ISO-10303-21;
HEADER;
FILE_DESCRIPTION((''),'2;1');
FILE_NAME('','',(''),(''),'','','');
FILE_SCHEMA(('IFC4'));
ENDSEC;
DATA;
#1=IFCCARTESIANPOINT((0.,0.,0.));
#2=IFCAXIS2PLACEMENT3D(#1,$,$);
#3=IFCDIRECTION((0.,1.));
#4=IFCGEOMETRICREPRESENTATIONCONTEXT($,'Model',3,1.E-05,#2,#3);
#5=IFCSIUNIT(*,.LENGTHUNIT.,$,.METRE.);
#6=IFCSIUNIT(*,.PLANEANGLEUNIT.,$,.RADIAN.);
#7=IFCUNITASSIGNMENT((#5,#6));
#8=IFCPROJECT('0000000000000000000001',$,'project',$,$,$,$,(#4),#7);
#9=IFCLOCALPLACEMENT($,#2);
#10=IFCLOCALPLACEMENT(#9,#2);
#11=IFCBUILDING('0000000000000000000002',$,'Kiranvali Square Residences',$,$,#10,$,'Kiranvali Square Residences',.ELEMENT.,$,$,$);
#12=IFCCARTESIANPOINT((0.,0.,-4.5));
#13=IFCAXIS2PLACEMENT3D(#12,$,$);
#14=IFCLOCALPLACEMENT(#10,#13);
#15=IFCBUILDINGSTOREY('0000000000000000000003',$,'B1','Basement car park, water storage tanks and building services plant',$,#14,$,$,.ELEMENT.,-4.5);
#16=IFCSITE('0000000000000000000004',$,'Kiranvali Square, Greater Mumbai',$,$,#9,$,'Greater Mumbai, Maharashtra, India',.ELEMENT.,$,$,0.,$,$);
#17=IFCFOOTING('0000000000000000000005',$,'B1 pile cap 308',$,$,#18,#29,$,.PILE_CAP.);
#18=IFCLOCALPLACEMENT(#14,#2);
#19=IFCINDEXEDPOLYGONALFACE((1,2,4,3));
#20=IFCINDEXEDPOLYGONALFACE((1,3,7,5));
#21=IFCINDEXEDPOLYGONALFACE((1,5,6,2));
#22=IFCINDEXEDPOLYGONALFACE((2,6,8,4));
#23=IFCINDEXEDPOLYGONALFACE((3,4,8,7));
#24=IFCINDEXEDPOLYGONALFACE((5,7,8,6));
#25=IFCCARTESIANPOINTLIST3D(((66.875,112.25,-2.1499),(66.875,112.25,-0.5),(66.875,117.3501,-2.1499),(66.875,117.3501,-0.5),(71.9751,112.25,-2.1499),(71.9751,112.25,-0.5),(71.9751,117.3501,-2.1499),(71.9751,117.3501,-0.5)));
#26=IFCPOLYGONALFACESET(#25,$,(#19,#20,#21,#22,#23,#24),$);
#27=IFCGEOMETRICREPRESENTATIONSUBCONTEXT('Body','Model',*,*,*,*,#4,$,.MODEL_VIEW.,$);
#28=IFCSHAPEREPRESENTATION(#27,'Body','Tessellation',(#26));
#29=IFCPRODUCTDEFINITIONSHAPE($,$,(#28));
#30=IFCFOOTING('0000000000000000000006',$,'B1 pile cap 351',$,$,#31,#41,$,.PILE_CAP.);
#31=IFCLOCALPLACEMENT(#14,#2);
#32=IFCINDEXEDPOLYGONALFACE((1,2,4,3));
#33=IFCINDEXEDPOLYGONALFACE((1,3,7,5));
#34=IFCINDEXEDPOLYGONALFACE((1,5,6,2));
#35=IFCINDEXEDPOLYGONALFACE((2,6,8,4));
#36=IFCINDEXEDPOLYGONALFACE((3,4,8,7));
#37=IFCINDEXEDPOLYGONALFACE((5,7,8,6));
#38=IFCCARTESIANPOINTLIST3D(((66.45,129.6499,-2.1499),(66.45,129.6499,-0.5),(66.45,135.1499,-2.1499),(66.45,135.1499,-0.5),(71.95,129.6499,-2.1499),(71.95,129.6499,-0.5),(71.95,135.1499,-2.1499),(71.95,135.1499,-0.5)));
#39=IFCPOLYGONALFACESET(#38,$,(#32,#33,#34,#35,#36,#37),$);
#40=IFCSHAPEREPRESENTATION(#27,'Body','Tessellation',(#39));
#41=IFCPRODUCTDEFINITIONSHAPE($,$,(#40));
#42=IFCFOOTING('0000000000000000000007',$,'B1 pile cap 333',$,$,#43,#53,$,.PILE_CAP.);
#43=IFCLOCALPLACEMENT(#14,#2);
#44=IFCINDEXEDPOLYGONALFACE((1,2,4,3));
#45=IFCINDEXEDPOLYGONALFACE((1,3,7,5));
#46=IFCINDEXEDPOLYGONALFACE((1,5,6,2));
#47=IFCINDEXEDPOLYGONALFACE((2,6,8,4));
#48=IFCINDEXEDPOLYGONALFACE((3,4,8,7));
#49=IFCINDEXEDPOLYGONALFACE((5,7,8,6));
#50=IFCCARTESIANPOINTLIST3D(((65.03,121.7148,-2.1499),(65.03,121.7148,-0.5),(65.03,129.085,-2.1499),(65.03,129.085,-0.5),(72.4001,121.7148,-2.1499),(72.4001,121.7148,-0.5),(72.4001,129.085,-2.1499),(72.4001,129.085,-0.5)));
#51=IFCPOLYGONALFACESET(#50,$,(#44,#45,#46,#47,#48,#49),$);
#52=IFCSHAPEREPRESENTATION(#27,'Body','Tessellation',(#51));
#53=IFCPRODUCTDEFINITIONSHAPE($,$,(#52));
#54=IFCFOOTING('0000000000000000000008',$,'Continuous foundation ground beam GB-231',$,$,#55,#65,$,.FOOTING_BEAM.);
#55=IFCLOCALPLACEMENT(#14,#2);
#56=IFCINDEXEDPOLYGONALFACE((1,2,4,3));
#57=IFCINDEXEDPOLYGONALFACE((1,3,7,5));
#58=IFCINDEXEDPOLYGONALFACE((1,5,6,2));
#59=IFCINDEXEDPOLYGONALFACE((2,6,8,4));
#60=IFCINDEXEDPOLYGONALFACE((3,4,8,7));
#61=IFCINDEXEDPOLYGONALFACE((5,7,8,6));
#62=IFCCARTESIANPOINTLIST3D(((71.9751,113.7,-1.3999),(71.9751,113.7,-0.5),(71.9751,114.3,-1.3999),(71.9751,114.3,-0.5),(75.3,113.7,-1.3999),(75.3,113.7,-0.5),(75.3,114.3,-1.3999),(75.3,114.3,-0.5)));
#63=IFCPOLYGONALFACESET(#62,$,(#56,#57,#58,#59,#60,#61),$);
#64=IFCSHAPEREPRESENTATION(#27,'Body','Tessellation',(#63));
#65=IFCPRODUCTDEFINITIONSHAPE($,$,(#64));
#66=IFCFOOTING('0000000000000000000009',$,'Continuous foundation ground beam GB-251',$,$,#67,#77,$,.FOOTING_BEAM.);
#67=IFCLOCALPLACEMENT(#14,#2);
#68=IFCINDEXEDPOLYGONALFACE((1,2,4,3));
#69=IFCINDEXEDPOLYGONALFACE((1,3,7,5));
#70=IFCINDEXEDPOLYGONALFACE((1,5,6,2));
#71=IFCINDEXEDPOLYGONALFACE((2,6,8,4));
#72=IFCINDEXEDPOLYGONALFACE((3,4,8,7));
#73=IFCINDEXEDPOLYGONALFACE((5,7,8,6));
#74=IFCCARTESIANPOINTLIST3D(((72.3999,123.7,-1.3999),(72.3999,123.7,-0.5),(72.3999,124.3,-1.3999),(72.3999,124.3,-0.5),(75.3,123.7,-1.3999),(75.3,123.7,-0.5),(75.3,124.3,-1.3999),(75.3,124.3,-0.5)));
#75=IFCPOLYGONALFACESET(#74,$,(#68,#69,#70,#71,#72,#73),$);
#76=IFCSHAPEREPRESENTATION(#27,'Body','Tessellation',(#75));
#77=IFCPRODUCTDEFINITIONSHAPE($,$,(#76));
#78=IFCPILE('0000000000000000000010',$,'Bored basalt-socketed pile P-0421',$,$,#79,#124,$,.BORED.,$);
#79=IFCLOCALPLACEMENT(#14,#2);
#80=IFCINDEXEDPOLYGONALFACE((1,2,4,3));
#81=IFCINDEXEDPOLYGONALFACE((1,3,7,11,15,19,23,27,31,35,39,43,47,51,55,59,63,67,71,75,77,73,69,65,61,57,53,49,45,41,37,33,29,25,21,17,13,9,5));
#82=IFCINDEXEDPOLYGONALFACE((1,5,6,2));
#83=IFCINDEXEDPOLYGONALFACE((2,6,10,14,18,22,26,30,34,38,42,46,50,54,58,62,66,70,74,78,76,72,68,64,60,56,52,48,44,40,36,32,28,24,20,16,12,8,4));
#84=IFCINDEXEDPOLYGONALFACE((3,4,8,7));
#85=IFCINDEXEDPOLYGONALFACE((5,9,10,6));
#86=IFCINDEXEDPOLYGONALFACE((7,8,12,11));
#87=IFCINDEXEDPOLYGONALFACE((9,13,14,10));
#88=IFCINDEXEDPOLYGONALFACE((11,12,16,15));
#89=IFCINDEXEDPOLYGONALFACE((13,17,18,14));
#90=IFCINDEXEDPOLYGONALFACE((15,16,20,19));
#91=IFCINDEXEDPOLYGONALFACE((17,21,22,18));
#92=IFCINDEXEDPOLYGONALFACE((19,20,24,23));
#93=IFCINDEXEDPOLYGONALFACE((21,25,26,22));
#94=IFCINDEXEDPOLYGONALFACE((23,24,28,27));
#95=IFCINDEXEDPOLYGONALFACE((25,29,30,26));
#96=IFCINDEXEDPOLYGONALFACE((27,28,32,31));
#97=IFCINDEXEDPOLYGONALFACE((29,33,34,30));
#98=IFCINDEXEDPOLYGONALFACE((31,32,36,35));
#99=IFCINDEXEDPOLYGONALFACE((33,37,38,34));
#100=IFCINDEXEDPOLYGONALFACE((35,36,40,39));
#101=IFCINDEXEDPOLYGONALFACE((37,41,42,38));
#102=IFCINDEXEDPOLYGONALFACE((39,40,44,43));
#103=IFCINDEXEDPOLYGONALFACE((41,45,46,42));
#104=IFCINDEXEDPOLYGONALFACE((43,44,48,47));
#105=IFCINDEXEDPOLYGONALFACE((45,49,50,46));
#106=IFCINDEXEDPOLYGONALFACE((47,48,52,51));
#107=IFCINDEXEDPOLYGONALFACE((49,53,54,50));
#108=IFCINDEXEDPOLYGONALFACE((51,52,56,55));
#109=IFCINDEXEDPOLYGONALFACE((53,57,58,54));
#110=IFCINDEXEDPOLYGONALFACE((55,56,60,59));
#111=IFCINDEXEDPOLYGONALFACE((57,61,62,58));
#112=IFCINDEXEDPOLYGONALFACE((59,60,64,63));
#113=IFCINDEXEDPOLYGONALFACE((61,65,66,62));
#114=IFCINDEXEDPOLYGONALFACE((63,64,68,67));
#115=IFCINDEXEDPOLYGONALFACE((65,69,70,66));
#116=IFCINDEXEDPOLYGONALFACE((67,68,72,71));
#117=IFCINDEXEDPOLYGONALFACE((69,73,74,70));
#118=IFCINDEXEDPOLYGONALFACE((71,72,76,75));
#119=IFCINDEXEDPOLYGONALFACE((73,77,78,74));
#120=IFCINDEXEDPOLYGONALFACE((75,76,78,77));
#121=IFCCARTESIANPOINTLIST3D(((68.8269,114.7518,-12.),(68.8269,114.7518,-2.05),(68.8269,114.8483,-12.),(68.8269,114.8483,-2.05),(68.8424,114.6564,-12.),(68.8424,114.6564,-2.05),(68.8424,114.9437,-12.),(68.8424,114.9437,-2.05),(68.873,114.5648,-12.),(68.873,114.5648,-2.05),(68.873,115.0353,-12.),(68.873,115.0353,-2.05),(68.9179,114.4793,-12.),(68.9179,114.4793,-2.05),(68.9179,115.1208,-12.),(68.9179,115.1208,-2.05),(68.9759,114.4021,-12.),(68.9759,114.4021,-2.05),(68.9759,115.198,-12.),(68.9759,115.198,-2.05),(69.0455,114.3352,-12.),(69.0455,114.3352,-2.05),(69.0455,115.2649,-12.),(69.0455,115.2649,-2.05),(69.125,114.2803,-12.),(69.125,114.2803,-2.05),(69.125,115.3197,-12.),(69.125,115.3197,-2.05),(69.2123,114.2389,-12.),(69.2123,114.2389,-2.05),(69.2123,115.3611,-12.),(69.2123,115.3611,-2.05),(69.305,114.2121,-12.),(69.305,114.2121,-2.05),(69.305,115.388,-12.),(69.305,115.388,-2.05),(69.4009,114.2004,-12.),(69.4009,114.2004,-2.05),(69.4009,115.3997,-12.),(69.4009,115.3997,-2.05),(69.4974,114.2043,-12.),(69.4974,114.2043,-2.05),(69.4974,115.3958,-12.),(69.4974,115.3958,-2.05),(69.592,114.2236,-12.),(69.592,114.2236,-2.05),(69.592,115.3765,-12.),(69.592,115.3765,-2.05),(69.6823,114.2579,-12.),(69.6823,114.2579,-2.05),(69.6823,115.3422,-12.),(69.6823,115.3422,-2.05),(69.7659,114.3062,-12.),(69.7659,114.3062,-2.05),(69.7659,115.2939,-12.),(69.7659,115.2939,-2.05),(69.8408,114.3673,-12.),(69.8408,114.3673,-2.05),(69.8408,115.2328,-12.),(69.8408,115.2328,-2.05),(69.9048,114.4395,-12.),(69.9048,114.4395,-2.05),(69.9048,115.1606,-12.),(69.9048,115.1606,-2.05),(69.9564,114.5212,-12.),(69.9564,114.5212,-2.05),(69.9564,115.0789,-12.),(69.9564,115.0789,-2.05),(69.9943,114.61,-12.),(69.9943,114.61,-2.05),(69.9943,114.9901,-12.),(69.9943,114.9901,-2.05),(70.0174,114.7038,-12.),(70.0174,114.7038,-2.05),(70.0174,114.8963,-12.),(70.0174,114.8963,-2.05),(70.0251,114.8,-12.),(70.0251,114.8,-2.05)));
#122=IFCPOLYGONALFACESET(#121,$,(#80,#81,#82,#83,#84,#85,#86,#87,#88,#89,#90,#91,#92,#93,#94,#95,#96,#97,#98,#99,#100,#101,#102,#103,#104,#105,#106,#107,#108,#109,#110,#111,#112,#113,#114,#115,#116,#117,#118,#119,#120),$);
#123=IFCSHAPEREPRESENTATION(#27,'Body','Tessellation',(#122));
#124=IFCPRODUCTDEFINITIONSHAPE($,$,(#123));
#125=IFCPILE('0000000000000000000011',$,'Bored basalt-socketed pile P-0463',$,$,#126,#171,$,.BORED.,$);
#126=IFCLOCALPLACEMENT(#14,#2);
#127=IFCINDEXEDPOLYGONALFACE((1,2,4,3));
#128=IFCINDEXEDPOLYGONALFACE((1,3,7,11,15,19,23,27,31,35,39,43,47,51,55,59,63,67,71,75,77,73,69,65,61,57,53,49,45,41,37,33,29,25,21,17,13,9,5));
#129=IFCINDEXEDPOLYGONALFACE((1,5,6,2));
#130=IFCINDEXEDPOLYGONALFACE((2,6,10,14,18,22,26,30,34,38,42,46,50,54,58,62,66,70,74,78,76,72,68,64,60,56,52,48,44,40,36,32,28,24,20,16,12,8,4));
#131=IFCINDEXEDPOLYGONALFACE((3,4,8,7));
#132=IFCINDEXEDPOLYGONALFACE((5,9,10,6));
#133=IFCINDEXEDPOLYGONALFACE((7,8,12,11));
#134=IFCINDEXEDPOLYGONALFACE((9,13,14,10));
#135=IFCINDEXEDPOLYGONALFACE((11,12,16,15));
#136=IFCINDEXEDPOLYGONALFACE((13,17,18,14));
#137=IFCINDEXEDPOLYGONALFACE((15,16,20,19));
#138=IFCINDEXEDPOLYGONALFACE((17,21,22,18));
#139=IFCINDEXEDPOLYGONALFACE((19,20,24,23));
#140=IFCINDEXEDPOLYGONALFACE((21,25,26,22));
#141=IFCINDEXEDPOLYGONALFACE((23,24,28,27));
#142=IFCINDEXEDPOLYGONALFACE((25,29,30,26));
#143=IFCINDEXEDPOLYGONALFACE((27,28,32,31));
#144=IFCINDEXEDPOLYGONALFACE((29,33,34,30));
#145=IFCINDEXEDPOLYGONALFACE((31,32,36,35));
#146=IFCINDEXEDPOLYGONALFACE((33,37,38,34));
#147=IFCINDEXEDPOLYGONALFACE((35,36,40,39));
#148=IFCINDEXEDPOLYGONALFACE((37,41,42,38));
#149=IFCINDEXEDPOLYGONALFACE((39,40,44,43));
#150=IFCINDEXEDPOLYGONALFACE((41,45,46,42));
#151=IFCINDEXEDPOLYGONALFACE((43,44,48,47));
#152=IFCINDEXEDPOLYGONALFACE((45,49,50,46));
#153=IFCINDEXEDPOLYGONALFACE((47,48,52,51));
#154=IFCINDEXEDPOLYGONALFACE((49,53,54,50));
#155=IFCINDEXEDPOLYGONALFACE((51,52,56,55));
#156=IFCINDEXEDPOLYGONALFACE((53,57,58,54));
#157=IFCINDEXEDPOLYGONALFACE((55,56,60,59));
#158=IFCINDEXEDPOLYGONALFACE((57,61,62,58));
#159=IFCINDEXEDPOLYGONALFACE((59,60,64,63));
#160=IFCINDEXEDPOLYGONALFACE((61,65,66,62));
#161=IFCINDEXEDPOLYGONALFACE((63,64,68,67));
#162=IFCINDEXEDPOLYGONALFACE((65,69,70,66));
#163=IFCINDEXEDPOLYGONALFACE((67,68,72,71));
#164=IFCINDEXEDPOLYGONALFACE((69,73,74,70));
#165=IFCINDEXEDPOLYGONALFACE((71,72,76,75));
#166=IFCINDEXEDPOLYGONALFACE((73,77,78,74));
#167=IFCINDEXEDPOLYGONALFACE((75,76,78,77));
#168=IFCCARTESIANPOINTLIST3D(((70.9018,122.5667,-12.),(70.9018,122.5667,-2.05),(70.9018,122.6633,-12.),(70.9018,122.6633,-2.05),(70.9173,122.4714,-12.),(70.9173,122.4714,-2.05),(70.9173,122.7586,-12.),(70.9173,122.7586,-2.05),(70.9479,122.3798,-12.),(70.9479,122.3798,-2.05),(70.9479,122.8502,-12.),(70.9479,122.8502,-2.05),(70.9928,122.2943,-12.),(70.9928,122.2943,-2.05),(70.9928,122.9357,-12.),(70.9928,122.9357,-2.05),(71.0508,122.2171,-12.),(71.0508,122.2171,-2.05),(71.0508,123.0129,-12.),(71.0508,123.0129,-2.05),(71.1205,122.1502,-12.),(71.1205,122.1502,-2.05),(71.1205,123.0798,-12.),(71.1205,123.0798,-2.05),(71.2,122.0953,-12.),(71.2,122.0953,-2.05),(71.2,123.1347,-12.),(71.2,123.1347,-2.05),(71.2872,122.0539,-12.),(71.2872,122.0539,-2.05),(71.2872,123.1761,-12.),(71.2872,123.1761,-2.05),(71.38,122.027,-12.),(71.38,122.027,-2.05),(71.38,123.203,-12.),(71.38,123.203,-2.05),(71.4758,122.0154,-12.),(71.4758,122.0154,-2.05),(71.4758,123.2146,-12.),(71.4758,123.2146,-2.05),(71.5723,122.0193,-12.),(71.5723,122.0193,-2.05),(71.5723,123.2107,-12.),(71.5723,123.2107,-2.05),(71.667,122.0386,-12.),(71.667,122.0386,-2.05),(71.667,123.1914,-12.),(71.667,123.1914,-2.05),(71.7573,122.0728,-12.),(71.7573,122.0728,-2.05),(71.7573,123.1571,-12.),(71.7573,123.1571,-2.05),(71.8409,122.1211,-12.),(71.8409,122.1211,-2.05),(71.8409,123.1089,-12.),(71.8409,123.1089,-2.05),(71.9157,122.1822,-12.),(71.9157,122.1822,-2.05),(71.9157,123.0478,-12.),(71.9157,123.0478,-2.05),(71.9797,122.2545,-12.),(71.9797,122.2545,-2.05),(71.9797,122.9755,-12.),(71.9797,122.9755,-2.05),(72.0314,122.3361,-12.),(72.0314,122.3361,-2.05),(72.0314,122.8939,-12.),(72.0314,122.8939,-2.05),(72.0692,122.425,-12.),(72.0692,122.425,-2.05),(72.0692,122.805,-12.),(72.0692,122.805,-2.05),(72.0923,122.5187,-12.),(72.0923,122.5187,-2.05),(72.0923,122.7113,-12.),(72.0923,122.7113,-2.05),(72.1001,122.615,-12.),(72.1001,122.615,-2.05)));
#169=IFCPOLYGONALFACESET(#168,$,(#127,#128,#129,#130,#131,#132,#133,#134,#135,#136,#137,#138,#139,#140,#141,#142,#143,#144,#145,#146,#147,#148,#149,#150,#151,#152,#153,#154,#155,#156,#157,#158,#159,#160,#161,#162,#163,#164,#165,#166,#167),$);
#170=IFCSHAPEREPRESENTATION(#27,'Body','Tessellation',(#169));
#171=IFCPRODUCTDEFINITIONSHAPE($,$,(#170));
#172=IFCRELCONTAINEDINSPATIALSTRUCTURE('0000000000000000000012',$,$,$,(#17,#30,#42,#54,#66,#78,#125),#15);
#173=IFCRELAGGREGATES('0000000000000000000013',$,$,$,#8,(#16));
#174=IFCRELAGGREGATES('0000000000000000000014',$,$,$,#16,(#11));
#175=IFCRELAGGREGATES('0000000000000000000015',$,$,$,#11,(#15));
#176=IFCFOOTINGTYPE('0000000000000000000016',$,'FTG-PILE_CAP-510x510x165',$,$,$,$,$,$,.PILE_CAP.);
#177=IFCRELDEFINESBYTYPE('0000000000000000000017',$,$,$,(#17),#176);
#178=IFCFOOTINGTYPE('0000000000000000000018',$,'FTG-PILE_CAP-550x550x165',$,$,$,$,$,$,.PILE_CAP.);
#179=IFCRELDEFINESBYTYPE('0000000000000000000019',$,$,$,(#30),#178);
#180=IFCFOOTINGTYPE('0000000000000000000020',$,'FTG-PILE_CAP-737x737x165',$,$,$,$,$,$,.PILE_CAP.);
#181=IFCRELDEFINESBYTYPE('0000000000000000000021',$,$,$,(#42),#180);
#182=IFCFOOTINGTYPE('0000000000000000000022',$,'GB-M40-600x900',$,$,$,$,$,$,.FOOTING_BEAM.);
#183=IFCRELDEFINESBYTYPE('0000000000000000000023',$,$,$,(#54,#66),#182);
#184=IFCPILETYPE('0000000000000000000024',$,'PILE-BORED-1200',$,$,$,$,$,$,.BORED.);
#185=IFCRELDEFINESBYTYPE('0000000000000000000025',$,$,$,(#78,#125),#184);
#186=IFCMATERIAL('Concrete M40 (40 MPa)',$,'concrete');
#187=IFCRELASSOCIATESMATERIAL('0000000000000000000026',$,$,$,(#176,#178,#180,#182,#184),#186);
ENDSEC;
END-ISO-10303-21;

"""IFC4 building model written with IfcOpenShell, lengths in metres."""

from ifc_helpers import new_model, si_unit, direction, frame, origin, origin_2d, place, context, subcontext, project, spatial, rectangle, circle, extrude, material, material_profile, profile_set, type_object, element, save


model = new_model("IFC4")

# Units and contexts
model_context = context("Model", 3, precision=1e-05, world=origin(), true_north=direction((0.0, 1.0)))
body_context = subcontext(model_context, "Body", "Model", "MODEL_VIEW")
ifc_project = project(units=[si_unit("LENGTHUNIT", "METRE"), si_unit("PLANEANGLEUNIT", "RADIAN")], contexts=[model_context])

# Site, building, storey
site_placement = place(None, origin())
site = spatial("IfcSite", under=ifc_project, at=site_placement, Name="Kiranvali Square, Greater Mumbai", LongName="Greater Mumbai, Maharashtra, India", CompositionType="ELEMENT", RefElevation=0.0)
building_placement = place(site_placement, origin())
building = spatial("IfcBuilding", under=site, at=building_placement, Name="Kiranvali Square Residences", LongName="Kiranvali Square Residences", CompositionType="ELEMENT")
storey_placement = place(building_placement, frame((0.0, 0.0, -4.5)))
storey = spatial("IfcBuildingStorey", under=building, at=storey_placement, Name="B1", Description="Basement car park, water storage tanks and building services plant", CompositionType="ELEMENT", Elevation=-4.5)

# Footings
ifc_material_1 = material(Name="Concrete M40 (40 MPa)", Category="concrete")
footing_type_1 = type_object("IfcFootingType", Name="FTG-PILE_CAP-510x510x165", PredefinedType="PILE_CAP", material=ifc_material_1)
footing_1_placement = place(storey_placement, frame((69.425, 114.8, -2.1499), z_axis=(0.0, 0.0, 1.0), x_axis=(1.0, 0.0, 0.0)))
element("IfcFooting", 1, at=footing_1_placement, inside=storey, type_object=footing_type_1, Name="B1 pile cap 308", PredefinedType="PILE_CAP", context=body_context, shape_type="SweptSolid", body=[
    extrude(rectangle(XDim=5.1001, YDim=5.1001, at=origin_2d()), origin(), (0.0, 0.0, 1.0), 1.6499),
])
footing_type_2 = type_object("IfcFootingType", Name="FTG-PILE_CAP-550x550x165", PredefinedType="PILE_CAP", material=ifc_material_1)
footing_2_placement = place(storey_placement, frame((69.2, 132.3999, -2.1499), z_axis=(0.0, 0.0, 1.0), x_axis=(1.0, 0.0, 0.0)))
element("IfcFooting", 2, at=footing_2_placement, inside=storey, type_object=footing_type_2, Name="B1 pile cap 351", PredefinedType="PILE_CAP", context=body_context, shape_type="SweptSolid", body=[
    extrude(rectangle(XDim=5.5, YDim=5.5, at=origin_2d()), origin(), (0.0, 0.0, 1.0), 1.6499),
])
footing_type_3 = type_object("IfcFootingType", Name="FTG-PILE_CAP-737x737x165", PredefinedType="PILE_CAP", material=ifc_material_1)
footing_3_placement = place(storey_placement, frame((68.7151, 125.3999, -2.1499), z_axis=(0.0, 0.0, 1.0), x_axis=(1.0, 0.0, 0.0)))
element("IfcFooting", 3, at=footing_3_placement, inside=storey, type_object=footing_type_3, Name="B1 pile cap 333", PredefinedType="PILE_CAP", context=body_context, shape_type="SweptSolid", body=[
    extrude(rectangle(XDim=7.3701, YDim=7.3701, at=origin_2d()), origin(), (0.0, 0.0, 1.0), 1.6499),
])
ifc_material_profile_1 = material_profile(ifc_material_1, rectangle(XDim=0.6001, YDim=0.8999, at=origin_2d()), Name="GB 600x900")
ifc_profile_set_1 = profile_set([ifc_material_profile_1], Name="Concrete M40 (40 MPa)")
footing_type_4 = type_object("IfcFootingType", Name="GB-M40-600x900", PredefinedType="FOOTING_BEAM", material=ifc_profile_set_1)
footing_4_placement = place(storey_placement, frame((71.9751, 114.0, -0.95), z_axis=(1.0, 0.0, 0.0), x_axis=(0.0, 1.0, 0.0)))
element("IfcFooting", 4, at=footing_4_placement, inside=storey, type_object=footing_type_4, Name="Continuous foundation ground beam GB-231", PredefinedType="FOOTING_BEAM", context=body_context, shape_type="SweptSolid", body=[
    extrude(rectangle(XDim=0.6001, YDim=0.8999, at=origin_2d()), origin(), (0.0, 0.0, 1.0), 3.325),
])
footing_5_placement = place(storey_placement, frame((72.3999, 124.0, -0.95), z_axis=(1.0, 0.0, 0.0), x_axis=(0.0, 1.0, 0.0)))
element("IfcFooting", 5, at=footing_5_placement, inside=storey, type_object=footing_type_4, Name="Continuous foundation ground beam GB-251", PredefinedType="FOOTING_BEAM", context=body_context, shape_type="SweptSolid", body=[
    extrude(rectangle(XDim=0.6001, YDim=0.8999, at=origin_2d()), origin(), (0.0, 0.0, 1.0), 2.9001),
])

# Piles
ifc_material_profile_2 = material_profile(ifc_material_1, circle(Radius=0.6001, at=origin_2d()), Name="BORED PILE 1200")
ifc_profile_set_2 = profile_set([ifc_material_profile_2], Name="Concrete M40 (40 MPa)")
pile_type = type_object("IfcPileType", Name="PILE-BORED-1200", PredefinedType="BORED", material=ifc_profile_set_2)
for number, where, z_axis, x_axis, name in (
    (6, (69.425, 114.8, -2.05), (0.0, 0.0, -1.0), (1.0, 0.0, 0.0), "Bored basalt-socketed pile P-0421"),
    (7, (71.5, 122.615, -2.05), (0.0, 0.0, -1.0), (1.0, 0.0, 0.0), "Bored basalt-socketed pile P-0463"),
):
    element("IfcPile", number, at=place(storey_placement, frame(where, z_axis=z_axis, x_axis=x_axis)), inside=storey, type_object=pile_type, Name=name, PredefinedType="BORED", context=body_context, shape_type="SweptSolid", body=[
        extrude(circle(Radius=0.6001, at=origin_2d()), origin(), (0.0, 0.0, 1.0), 9.95),
    ])

save(model, "model.ifc")
